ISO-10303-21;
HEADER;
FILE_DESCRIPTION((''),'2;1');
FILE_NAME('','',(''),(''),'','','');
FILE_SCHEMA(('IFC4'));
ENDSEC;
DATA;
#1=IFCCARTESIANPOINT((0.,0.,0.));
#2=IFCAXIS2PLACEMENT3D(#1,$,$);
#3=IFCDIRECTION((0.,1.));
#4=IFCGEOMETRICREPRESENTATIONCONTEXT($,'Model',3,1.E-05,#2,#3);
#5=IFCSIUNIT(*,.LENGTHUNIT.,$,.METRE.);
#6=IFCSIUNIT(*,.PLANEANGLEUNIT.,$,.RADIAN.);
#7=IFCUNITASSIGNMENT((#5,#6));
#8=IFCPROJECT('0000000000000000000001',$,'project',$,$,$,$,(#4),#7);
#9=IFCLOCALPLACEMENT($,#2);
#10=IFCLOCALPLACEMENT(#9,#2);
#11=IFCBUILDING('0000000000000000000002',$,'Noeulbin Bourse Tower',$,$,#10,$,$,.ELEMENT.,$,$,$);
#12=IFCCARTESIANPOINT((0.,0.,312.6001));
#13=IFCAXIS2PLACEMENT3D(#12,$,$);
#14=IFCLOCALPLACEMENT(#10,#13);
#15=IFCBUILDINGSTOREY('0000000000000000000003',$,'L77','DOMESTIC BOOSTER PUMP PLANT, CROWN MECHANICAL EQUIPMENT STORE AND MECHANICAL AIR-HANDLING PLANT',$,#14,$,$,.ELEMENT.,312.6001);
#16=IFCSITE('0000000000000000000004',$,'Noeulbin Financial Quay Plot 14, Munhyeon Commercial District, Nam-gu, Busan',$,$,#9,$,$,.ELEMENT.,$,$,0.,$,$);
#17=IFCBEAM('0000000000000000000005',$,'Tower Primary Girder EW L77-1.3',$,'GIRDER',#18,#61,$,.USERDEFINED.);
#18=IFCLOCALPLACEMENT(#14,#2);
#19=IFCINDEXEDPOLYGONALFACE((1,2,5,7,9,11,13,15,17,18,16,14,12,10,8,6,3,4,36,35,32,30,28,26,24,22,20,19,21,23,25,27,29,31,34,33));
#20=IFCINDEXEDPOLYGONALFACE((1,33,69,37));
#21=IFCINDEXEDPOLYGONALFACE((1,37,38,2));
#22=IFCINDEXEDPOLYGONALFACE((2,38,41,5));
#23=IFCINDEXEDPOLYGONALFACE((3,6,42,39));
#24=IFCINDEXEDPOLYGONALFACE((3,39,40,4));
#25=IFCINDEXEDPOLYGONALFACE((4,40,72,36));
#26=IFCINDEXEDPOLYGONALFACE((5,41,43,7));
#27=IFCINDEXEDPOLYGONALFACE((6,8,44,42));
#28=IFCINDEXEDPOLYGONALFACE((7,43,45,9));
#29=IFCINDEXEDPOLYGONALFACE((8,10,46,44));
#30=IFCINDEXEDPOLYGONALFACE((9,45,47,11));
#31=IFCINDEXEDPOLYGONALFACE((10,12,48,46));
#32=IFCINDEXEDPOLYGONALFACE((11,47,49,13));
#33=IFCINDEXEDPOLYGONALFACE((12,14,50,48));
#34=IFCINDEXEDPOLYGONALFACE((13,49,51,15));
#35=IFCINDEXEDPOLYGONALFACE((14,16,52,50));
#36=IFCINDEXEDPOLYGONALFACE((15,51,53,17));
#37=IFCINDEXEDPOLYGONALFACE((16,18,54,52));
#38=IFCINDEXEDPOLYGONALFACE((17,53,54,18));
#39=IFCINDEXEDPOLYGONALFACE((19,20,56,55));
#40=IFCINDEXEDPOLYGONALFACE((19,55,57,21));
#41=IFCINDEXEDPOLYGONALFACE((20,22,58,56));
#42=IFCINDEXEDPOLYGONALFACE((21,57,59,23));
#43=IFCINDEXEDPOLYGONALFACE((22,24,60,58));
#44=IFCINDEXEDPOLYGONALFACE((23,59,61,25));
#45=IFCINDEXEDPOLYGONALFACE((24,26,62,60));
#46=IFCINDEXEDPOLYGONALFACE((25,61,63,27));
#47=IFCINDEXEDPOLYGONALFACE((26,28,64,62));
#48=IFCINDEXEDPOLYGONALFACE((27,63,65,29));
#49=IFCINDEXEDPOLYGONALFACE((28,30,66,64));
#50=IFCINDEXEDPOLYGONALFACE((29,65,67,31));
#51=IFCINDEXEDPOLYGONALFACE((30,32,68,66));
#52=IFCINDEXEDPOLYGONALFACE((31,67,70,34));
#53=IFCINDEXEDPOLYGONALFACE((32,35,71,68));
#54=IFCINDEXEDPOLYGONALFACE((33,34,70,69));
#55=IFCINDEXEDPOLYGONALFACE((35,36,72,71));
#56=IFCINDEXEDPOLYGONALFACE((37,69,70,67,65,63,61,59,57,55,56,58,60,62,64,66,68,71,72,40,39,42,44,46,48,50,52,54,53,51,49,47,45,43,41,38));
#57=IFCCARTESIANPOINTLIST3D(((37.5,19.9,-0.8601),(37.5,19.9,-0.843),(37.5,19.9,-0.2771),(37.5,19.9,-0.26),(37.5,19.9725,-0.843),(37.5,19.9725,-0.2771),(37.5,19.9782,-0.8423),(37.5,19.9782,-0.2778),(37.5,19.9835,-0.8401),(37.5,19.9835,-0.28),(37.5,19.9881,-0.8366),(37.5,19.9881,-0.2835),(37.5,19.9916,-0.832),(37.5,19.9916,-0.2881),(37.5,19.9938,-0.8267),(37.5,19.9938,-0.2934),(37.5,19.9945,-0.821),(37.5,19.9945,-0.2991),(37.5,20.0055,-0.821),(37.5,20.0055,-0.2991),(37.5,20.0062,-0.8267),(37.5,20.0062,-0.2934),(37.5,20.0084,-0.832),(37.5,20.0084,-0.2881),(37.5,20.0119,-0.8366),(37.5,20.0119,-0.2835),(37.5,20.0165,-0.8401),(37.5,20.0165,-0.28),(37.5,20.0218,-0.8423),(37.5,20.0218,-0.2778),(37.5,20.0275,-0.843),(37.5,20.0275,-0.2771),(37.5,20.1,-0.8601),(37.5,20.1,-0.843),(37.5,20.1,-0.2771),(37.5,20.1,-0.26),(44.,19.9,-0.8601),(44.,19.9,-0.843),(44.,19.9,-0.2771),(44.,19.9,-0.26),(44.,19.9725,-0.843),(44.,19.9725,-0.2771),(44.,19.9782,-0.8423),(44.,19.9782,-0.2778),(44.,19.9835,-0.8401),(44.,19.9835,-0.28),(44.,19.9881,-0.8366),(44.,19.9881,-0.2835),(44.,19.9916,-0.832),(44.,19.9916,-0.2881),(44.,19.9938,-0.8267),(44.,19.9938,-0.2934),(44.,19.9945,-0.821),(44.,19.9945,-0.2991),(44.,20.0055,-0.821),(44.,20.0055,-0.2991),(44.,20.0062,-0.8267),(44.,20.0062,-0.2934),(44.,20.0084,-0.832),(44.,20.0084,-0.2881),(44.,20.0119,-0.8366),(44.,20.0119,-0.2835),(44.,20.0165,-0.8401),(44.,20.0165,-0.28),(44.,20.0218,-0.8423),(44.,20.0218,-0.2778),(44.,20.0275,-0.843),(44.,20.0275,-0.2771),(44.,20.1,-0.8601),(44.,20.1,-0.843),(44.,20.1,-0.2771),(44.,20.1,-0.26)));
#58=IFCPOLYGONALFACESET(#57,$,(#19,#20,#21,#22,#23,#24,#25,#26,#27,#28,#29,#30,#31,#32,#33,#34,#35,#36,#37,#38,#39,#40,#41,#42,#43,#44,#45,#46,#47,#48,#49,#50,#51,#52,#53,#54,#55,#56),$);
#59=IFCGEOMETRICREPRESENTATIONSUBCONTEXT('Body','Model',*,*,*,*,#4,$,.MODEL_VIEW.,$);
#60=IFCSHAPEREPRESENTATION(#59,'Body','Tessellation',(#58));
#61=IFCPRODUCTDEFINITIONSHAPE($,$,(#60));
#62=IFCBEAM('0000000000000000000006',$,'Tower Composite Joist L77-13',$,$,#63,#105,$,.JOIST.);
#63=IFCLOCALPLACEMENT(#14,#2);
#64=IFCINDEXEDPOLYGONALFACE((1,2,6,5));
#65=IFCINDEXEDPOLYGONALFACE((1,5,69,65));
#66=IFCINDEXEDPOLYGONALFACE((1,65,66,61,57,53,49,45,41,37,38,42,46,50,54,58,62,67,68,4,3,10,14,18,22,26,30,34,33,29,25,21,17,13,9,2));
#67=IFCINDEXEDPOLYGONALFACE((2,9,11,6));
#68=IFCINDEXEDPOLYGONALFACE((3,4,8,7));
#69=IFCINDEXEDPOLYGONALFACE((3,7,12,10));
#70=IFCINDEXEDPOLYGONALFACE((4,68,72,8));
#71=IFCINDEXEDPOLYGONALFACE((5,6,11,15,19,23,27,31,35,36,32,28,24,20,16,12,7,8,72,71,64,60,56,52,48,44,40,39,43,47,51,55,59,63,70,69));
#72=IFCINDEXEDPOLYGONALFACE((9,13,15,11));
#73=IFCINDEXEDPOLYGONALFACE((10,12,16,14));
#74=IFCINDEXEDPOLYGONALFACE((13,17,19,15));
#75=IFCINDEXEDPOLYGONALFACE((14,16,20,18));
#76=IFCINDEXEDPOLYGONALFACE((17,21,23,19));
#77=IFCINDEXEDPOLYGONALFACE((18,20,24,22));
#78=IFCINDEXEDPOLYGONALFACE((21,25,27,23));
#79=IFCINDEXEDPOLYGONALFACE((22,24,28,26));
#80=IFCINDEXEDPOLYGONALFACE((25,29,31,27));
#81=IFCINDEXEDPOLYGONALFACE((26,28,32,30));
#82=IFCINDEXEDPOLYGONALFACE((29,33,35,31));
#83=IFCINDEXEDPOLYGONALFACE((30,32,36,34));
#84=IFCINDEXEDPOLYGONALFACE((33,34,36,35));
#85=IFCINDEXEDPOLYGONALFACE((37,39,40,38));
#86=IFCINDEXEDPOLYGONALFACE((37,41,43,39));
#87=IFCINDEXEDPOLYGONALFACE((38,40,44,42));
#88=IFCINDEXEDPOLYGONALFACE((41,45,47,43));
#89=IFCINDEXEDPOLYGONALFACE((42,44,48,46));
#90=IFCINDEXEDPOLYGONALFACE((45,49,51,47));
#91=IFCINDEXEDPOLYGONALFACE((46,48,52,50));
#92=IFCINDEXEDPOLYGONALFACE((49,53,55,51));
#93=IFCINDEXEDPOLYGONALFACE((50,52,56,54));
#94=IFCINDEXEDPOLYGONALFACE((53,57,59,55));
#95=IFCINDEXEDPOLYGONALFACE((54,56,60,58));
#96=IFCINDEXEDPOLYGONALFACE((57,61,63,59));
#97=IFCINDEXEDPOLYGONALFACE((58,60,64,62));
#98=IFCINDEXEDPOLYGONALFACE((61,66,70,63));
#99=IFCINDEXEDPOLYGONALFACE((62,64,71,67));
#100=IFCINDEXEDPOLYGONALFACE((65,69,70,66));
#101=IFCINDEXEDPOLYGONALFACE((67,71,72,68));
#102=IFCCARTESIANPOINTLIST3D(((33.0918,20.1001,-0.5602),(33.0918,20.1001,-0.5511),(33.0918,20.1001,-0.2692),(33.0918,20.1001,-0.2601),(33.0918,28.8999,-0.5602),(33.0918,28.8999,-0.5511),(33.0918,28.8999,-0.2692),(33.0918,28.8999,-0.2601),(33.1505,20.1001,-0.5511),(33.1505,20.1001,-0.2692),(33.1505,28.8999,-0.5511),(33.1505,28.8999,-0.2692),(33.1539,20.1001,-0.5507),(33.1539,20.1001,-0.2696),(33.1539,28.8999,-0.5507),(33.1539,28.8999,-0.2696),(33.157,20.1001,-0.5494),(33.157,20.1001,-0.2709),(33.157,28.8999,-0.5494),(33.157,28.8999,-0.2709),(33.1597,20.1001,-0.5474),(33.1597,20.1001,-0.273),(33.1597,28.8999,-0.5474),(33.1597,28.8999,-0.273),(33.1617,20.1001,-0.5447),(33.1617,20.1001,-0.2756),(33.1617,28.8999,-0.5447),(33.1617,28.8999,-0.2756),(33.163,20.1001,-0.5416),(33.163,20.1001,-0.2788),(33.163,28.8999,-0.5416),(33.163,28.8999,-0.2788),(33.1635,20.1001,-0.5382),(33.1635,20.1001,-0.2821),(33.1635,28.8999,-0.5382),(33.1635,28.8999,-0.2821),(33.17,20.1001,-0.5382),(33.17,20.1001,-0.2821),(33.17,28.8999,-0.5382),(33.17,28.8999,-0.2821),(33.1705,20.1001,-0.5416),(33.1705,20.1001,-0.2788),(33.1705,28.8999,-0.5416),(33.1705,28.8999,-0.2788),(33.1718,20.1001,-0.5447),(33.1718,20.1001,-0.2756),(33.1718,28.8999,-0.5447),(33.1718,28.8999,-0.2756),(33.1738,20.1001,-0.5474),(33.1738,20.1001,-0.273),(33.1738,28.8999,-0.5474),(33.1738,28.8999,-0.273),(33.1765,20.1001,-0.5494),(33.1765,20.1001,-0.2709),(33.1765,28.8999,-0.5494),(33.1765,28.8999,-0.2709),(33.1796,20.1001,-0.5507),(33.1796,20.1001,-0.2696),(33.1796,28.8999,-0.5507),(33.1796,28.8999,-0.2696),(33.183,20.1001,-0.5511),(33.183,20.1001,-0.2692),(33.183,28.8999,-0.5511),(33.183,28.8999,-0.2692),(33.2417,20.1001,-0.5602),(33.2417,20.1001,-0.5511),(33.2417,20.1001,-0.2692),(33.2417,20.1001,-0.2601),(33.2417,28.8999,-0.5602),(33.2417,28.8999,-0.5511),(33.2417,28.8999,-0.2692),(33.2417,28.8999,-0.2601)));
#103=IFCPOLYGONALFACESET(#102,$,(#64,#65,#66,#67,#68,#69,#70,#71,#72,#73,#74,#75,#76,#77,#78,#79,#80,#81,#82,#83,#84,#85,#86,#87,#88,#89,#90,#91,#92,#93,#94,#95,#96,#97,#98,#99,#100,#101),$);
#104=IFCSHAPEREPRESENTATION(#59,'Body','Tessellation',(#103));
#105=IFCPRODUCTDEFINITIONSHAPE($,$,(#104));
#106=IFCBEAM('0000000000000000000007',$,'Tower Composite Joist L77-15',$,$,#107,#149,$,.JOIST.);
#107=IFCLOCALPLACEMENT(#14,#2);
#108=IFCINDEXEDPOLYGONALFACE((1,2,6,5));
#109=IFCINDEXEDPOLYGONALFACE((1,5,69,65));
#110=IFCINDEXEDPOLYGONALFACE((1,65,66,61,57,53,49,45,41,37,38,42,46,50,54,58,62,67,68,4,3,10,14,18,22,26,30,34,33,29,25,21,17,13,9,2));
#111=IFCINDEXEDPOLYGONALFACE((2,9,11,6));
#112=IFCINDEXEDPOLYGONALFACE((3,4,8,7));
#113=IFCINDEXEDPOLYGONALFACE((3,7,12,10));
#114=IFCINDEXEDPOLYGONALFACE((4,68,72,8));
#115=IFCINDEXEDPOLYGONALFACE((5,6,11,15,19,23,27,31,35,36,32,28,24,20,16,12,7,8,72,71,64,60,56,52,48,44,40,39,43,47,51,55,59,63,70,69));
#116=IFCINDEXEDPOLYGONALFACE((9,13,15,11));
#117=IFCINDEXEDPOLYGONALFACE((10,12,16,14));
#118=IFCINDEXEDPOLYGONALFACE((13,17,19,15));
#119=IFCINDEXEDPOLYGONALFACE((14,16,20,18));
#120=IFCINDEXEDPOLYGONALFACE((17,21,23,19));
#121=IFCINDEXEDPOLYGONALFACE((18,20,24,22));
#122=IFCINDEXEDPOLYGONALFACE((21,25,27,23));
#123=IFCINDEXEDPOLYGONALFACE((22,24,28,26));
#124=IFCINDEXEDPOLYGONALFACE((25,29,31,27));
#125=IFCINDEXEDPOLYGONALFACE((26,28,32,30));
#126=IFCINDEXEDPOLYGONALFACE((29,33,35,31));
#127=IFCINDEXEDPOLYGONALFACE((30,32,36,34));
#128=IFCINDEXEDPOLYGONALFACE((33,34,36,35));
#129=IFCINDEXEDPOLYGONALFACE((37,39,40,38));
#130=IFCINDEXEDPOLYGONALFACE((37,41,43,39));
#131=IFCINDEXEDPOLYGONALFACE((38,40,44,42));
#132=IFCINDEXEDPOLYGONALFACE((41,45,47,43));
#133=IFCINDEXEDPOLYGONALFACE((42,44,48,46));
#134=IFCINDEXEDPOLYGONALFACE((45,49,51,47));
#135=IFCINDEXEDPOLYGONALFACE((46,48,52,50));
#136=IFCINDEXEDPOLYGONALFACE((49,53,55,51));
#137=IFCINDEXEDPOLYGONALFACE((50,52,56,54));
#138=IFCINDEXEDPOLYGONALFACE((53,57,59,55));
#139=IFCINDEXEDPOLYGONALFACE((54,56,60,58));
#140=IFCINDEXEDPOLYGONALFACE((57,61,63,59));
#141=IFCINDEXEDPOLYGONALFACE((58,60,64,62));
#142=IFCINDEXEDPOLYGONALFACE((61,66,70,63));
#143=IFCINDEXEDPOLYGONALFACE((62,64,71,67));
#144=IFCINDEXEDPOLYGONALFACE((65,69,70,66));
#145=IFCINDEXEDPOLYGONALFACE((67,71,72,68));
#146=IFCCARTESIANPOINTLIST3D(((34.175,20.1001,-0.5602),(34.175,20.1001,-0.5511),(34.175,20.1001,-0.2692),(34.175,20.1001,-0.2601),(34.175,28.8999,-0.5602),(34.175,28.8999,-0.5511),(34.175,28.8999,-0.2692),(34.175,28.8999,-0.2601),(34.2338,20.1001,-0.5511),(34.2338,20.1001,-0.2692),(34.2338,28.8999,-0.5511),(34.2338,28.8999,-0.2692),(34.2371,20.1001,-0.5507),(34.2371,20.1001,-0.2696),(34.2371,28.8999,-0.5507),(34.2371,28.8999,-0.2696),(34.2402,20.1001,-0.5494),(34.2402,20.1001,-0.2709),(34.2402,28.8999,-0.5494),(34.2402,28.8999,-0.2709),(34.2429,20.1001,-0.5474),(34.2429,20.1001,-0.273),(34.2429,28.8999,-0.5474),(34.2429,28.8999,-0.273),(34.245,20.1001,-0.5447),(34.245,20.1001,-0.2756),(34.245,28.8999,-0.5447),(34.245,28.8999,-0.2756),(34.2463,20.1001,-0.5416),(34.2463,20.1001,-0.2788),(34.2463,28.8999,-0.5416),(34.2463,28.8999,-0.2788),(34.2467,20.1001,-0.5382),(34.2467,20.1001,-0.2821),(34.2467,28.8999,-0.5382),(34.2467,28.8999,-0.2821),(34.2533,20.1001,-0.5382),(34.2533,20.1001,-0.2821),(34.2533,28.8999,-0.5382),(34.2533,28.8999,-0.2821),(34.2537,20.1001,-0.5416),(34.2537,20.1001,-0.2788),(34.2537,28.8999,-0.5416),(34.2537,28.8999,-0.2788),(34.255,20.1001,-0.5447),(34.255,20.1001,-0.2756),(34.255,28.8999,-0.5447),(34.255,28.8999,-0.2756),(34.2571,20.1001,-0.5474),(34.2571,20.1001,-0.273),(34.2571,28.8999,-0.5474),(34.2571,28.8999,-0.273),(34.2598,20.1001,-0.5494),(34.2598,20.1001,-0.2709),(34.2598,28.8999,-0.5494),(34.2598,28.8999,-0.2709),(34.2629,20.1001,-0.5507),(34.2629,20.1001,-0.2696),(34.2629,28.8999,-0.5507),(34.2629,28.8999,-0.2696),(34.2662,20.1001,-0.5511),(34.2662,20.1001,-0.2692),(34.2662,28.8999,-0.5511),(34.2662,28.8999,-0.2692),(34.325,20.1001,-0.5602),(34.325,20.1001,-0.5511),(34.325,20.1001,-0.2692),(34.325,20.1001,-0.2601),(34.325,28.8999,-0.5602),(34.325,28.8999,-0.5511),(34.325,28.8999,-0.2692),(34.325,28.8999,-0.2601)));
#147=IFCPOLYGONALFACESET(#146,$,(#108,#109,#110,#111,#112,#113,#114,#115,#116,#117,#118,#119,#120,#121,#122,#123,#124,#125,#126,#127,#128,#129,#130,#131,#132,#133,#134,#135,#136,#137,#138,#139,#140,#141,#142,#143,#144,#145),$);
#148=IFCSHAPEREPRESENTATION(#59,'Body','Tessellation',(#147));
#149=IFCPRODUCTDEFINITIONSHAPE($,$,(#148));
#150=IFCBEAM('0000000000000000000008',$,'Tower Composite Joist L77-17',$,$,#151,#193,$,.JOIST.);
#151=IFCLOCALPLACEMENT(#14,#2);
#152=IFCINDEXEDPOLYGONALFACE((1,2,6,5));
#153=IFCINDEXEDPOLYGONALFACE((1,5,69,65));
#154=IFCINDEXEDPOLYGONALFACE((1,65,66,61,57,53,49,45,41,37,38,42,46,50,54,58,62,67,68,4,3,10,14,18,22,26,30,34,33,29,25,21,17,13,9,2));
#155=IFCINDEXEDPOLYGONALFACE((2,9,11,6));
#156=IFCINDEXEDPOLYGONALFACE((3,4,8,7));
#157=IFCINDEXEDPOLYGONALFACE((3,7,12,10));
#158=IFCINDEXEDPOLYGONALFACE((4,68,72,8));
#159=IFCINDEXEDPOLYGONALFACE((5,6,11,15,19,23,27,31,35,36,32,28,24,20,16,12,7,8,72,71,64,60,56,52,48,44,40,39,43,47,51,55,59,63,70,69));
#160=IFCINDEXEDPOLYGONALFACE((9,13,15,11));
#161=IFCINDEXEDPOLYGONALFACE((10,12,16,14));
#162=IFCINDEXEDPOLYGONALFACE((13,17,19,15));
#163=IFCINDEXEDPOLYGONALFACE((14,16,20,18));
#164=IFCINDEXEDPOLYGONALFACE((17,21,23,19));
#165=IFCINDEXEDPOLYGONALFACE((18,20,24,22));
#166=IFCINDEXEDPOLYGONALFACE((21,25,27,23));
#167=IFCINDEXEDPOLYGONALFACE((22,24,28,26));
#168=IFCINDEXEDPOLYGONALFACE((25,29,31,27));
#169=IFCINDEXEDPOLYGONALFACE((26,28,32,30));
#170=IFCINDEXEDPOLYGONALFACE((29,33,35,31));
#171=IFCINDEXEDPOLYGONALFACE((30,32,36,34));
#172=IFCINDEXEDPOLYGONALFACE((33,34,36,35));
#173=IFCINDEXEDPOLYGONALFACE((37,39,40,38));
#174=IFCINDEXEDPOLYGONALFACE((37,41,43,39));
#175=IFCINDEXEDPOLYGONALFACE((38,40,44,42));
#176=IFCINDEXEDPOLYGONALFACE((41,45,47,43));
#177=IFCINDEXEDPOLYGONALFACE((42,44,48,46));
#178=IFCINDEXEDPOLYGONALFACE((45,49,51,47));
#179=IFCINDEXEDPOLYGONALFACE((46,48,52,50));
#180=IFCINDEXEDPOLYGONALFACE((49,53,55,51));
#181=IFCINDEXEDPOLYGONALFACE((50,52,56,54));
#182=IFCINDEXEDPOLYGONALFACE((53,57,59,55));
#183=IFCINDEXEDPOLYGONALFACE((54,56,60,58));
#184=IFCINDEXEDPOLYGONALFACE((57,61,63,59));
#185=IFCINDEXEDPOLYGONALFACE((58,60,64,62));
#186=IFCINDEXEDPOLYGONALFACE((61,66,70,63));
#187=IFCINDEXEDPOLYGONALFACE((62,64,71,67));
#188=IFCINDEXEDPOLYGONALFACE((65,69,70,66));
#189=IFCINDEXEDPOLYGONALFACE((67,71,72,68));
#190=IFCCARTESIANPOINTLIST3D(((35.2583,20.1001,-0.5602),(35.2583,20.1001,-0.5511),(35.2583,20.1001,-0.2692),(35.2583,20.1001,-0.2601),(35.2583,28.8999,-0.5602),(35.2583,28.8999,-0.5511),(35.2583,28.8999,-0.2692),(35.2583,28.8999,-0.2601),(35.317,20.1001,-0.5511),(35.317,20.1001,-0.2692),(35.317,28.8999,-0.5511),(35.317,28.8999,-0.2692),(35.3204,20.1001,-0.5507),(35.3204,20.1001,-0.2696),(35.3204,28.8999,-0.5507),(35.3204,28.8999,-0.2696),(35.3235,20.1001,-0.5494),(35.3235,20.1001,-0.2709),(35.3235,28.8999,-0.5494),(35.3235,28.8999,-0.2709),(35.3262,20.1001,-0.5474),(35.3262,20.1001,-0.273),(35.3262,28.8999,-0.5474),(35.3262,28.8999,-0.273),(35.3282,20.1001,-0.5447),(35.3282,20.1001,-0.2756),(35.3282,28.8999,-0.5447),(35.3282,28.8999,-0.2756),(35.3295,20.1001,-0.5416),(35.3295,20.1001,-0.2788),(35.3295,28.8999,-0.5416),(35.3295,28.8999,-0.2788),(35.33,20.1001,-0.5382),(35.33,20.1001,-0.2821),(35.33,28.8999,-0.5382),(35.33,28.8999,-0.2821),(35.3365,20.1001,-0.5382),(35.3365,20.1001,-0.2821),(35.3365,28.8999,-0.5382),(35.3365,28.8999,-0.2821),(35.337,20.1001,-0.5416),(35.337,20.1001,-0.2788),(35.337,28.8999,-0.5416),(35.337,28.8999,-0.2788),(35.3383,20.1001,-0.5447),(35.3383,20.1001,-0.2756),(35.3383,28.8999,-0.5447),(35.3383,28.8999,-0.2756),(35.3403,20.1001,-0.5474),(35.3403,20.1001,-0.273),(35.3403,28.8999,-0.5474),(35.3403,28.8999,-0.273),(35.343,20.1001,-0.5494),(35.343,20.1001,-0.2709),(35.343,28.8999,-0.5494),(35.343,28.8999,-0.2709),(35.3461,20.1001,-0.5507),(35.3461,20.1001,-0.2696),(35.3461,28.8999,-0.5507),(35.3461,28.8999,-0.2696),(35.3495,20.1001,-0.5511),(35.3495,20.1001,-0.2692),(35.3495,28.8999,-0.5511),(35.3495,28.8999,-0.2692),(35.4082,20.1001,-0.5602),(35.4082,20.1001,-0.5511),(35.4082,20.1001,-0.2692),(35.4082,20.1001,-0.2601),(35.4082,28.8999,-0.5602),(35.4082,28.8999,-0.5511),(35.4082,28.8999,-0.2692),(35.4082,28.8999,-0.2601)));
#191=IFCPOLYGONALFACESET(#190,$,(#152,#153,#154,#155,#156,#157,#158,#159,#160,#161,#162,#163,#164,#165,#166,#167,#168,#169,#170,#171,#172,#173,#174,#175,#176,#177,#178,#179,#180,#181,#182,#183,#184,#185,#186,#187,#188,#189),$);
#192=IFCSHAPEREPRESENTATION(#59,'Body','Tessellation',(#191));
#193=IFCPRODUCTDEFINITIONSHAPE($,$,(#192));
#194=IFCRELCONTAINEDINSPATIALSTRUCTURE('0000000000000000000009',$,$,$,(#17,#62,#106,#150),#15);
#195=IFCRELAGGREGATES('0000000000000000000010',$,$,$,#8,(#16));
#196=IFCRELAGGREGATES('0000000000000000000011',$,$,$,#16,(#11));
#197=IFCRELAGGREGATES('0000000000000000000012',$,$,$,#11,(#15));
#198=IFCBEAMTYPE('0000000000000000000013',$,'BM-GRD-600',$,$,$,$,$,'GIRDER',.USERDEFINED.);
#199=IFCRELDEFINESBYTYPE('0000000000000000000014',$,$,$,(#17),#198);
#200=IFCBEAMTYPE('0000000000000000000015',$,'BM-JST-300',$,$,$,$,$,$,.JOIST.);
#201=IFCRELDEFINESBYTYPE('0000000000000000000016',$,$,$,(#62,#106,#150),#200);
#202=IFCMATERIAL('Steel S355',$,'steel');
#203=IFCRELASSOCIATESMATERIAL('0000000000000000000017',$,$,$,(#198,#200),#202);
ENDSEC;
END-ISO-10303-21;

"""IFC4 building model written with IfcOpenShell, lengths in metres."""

from ifc_helpers import new_model, si_unit, direction, frame, origin, origin_2d, place, context, subcontext, project, spatial, i_section, extrude, material, material_profile, profile_set, type_object, element, save


model = new_model("IFC4")

# Units and contexts
model_context = context("Model", 3, precision=1e-05, world=origin(), true_north=direction((0.0, 1.0)))
body_context = subcontext(model_context, "Body", "Model", "MODEL_VIEW")
ifc_project = project(units=[si_unit("LENGTHUNIT", "METRE"), si_unit("PLANEANGLEUNIT", "RADIAN")], contexts=[model_context])

# Site, building, storey
site_placement = place(None, origin())
site = spatial("IfcSite", under=ifc_project, at=site_placement, Name="Noeulbin Financial Quay Plot 14, Munhyeon Commercial District, Nam-gu, Busan", CompositionType="ELEMENT", RefElevation=0.0)
building_placement = place(site_placement, origin())
building = spatial("IfcBuilding", under=site, at=building_placement, Name="Noeulbin Bourse Tower", CompositionType="ELEMENT")
storey_placement = place(building_placement, frame((0.0, 0.0, 312.6001)))
storey = spatial("IfcBuildingStorey", under=building, at=storey_placement, Name="L77", Description="DOMESTIC BOOSTER PUMP PLANT, CROWN MECHANICAL EQUIPMENT STORE AND MECHANICAL AIR-HANDLING PLANT", CompositionType="ELEMENT", Elevation=312.6001)

# Shared definitions
ifc_material_1 = material(Name="Steel S355", Category="steel")

# Beams
ifc_material_profile_1 = material_profile(ifc_material_1, i_section(OverallWidth=0.2, OverallDepth=0.6001, WebThickness=0.011, FlangeThickness=0.0171, FilletRadius=0.022, at=origin_2d()), Name="H-600x200x11x17", Category="LoadBearing")
ifc_profile_set_1 = profile_set([ifc_material_profile_1], Name="Steel S355")
beam_type_1 = type_object("IfcBeamType", Name="BM-GRD-600", ElementType="GIRDER", PredefinedType="USERDEFINED", material=ifc_profile_set_1)
beam_1_placement = place(storey_placement, frame((37.5, 20.0, -0.5601), z_axis=(1.0, 0.0, 0.0), x_axis=(0.0, 1.0, 0.0)))
element("IfcBeam", 1, at=beam_1_placement, inside=storey, type_object=beam_type_1, Name="Tower Primary Girder EW L77-1.3", ObjectType="GIRDER", PredefinedType="USERDEFINED", context=body_context, shape_type="SweptSolid", body=[
    extrude(i_section(OverallWidth=0.2, OverallDepth=0.6001, WebThickness=0.011, FlangeThickness=0.0171, FilletRadius=0.022, at=origin_2d()), origin(), (0.0, 0.0, 1.0), 6.5),
])
ifc_material_profile_2 = material_profile(ifc_material_1, i_section(OverallWidth=0.1499, OverallDepth=0.3, WebThickness=0.0066, FlangeThickness=0.009, FilletRadius=0.0129, at=origin_2d()), Name="H-300x150x6.5x9", Category="LoadBearing")
ifc_profile_set_2 = profile_set([ifc_material_profile_2], Name="Steel S355")
beam_type_2 = type_object("IfcBeamType", Name="BM-JST-300", PredefinedType="JOIST", material=ifc_profile_set_2)
for number, where, z_axis, x_axis, name in (
    (2, (33.1667, 20.1001, -0.4102), (0.0, 1.0, 0.0), (-1.0, 0.0, 0.0), "Tower Composite Joist L77-13"),
    (3, (34.25, 20.1001, -0.4102), (0.0, 1.0, 0.0), (-1.0, 0.0, 0.0), "Tower Composite Joist L77-15"),
    (4, (35.3333, 20.1001, -0.4102), (0.0, 1.0, 0.0), (-1.0, 0.0, 0.0), "Tower Composite Joist L77-17"),
):
    element("IfcBeam", number, at=place(storey_placement, frame(where, z_axis=z_axis, x_axis=x_axis)), inside=storey, type_object=beam_type_2, Name=name, PredefinedType="JOIST", context=body_context, shape_type="SweptSolid", body=[
        extrude(i_section(OverallWidth=0.1499, OverallDepth=0.3, WebThickness=0.0066, FlangeThickness=0.009, FilletRadius=0.0129, at=origin_2d()), origin(), (0.0, 0.0, 1.0), 8.7998),
    ])

save(model, "model.ifc")
